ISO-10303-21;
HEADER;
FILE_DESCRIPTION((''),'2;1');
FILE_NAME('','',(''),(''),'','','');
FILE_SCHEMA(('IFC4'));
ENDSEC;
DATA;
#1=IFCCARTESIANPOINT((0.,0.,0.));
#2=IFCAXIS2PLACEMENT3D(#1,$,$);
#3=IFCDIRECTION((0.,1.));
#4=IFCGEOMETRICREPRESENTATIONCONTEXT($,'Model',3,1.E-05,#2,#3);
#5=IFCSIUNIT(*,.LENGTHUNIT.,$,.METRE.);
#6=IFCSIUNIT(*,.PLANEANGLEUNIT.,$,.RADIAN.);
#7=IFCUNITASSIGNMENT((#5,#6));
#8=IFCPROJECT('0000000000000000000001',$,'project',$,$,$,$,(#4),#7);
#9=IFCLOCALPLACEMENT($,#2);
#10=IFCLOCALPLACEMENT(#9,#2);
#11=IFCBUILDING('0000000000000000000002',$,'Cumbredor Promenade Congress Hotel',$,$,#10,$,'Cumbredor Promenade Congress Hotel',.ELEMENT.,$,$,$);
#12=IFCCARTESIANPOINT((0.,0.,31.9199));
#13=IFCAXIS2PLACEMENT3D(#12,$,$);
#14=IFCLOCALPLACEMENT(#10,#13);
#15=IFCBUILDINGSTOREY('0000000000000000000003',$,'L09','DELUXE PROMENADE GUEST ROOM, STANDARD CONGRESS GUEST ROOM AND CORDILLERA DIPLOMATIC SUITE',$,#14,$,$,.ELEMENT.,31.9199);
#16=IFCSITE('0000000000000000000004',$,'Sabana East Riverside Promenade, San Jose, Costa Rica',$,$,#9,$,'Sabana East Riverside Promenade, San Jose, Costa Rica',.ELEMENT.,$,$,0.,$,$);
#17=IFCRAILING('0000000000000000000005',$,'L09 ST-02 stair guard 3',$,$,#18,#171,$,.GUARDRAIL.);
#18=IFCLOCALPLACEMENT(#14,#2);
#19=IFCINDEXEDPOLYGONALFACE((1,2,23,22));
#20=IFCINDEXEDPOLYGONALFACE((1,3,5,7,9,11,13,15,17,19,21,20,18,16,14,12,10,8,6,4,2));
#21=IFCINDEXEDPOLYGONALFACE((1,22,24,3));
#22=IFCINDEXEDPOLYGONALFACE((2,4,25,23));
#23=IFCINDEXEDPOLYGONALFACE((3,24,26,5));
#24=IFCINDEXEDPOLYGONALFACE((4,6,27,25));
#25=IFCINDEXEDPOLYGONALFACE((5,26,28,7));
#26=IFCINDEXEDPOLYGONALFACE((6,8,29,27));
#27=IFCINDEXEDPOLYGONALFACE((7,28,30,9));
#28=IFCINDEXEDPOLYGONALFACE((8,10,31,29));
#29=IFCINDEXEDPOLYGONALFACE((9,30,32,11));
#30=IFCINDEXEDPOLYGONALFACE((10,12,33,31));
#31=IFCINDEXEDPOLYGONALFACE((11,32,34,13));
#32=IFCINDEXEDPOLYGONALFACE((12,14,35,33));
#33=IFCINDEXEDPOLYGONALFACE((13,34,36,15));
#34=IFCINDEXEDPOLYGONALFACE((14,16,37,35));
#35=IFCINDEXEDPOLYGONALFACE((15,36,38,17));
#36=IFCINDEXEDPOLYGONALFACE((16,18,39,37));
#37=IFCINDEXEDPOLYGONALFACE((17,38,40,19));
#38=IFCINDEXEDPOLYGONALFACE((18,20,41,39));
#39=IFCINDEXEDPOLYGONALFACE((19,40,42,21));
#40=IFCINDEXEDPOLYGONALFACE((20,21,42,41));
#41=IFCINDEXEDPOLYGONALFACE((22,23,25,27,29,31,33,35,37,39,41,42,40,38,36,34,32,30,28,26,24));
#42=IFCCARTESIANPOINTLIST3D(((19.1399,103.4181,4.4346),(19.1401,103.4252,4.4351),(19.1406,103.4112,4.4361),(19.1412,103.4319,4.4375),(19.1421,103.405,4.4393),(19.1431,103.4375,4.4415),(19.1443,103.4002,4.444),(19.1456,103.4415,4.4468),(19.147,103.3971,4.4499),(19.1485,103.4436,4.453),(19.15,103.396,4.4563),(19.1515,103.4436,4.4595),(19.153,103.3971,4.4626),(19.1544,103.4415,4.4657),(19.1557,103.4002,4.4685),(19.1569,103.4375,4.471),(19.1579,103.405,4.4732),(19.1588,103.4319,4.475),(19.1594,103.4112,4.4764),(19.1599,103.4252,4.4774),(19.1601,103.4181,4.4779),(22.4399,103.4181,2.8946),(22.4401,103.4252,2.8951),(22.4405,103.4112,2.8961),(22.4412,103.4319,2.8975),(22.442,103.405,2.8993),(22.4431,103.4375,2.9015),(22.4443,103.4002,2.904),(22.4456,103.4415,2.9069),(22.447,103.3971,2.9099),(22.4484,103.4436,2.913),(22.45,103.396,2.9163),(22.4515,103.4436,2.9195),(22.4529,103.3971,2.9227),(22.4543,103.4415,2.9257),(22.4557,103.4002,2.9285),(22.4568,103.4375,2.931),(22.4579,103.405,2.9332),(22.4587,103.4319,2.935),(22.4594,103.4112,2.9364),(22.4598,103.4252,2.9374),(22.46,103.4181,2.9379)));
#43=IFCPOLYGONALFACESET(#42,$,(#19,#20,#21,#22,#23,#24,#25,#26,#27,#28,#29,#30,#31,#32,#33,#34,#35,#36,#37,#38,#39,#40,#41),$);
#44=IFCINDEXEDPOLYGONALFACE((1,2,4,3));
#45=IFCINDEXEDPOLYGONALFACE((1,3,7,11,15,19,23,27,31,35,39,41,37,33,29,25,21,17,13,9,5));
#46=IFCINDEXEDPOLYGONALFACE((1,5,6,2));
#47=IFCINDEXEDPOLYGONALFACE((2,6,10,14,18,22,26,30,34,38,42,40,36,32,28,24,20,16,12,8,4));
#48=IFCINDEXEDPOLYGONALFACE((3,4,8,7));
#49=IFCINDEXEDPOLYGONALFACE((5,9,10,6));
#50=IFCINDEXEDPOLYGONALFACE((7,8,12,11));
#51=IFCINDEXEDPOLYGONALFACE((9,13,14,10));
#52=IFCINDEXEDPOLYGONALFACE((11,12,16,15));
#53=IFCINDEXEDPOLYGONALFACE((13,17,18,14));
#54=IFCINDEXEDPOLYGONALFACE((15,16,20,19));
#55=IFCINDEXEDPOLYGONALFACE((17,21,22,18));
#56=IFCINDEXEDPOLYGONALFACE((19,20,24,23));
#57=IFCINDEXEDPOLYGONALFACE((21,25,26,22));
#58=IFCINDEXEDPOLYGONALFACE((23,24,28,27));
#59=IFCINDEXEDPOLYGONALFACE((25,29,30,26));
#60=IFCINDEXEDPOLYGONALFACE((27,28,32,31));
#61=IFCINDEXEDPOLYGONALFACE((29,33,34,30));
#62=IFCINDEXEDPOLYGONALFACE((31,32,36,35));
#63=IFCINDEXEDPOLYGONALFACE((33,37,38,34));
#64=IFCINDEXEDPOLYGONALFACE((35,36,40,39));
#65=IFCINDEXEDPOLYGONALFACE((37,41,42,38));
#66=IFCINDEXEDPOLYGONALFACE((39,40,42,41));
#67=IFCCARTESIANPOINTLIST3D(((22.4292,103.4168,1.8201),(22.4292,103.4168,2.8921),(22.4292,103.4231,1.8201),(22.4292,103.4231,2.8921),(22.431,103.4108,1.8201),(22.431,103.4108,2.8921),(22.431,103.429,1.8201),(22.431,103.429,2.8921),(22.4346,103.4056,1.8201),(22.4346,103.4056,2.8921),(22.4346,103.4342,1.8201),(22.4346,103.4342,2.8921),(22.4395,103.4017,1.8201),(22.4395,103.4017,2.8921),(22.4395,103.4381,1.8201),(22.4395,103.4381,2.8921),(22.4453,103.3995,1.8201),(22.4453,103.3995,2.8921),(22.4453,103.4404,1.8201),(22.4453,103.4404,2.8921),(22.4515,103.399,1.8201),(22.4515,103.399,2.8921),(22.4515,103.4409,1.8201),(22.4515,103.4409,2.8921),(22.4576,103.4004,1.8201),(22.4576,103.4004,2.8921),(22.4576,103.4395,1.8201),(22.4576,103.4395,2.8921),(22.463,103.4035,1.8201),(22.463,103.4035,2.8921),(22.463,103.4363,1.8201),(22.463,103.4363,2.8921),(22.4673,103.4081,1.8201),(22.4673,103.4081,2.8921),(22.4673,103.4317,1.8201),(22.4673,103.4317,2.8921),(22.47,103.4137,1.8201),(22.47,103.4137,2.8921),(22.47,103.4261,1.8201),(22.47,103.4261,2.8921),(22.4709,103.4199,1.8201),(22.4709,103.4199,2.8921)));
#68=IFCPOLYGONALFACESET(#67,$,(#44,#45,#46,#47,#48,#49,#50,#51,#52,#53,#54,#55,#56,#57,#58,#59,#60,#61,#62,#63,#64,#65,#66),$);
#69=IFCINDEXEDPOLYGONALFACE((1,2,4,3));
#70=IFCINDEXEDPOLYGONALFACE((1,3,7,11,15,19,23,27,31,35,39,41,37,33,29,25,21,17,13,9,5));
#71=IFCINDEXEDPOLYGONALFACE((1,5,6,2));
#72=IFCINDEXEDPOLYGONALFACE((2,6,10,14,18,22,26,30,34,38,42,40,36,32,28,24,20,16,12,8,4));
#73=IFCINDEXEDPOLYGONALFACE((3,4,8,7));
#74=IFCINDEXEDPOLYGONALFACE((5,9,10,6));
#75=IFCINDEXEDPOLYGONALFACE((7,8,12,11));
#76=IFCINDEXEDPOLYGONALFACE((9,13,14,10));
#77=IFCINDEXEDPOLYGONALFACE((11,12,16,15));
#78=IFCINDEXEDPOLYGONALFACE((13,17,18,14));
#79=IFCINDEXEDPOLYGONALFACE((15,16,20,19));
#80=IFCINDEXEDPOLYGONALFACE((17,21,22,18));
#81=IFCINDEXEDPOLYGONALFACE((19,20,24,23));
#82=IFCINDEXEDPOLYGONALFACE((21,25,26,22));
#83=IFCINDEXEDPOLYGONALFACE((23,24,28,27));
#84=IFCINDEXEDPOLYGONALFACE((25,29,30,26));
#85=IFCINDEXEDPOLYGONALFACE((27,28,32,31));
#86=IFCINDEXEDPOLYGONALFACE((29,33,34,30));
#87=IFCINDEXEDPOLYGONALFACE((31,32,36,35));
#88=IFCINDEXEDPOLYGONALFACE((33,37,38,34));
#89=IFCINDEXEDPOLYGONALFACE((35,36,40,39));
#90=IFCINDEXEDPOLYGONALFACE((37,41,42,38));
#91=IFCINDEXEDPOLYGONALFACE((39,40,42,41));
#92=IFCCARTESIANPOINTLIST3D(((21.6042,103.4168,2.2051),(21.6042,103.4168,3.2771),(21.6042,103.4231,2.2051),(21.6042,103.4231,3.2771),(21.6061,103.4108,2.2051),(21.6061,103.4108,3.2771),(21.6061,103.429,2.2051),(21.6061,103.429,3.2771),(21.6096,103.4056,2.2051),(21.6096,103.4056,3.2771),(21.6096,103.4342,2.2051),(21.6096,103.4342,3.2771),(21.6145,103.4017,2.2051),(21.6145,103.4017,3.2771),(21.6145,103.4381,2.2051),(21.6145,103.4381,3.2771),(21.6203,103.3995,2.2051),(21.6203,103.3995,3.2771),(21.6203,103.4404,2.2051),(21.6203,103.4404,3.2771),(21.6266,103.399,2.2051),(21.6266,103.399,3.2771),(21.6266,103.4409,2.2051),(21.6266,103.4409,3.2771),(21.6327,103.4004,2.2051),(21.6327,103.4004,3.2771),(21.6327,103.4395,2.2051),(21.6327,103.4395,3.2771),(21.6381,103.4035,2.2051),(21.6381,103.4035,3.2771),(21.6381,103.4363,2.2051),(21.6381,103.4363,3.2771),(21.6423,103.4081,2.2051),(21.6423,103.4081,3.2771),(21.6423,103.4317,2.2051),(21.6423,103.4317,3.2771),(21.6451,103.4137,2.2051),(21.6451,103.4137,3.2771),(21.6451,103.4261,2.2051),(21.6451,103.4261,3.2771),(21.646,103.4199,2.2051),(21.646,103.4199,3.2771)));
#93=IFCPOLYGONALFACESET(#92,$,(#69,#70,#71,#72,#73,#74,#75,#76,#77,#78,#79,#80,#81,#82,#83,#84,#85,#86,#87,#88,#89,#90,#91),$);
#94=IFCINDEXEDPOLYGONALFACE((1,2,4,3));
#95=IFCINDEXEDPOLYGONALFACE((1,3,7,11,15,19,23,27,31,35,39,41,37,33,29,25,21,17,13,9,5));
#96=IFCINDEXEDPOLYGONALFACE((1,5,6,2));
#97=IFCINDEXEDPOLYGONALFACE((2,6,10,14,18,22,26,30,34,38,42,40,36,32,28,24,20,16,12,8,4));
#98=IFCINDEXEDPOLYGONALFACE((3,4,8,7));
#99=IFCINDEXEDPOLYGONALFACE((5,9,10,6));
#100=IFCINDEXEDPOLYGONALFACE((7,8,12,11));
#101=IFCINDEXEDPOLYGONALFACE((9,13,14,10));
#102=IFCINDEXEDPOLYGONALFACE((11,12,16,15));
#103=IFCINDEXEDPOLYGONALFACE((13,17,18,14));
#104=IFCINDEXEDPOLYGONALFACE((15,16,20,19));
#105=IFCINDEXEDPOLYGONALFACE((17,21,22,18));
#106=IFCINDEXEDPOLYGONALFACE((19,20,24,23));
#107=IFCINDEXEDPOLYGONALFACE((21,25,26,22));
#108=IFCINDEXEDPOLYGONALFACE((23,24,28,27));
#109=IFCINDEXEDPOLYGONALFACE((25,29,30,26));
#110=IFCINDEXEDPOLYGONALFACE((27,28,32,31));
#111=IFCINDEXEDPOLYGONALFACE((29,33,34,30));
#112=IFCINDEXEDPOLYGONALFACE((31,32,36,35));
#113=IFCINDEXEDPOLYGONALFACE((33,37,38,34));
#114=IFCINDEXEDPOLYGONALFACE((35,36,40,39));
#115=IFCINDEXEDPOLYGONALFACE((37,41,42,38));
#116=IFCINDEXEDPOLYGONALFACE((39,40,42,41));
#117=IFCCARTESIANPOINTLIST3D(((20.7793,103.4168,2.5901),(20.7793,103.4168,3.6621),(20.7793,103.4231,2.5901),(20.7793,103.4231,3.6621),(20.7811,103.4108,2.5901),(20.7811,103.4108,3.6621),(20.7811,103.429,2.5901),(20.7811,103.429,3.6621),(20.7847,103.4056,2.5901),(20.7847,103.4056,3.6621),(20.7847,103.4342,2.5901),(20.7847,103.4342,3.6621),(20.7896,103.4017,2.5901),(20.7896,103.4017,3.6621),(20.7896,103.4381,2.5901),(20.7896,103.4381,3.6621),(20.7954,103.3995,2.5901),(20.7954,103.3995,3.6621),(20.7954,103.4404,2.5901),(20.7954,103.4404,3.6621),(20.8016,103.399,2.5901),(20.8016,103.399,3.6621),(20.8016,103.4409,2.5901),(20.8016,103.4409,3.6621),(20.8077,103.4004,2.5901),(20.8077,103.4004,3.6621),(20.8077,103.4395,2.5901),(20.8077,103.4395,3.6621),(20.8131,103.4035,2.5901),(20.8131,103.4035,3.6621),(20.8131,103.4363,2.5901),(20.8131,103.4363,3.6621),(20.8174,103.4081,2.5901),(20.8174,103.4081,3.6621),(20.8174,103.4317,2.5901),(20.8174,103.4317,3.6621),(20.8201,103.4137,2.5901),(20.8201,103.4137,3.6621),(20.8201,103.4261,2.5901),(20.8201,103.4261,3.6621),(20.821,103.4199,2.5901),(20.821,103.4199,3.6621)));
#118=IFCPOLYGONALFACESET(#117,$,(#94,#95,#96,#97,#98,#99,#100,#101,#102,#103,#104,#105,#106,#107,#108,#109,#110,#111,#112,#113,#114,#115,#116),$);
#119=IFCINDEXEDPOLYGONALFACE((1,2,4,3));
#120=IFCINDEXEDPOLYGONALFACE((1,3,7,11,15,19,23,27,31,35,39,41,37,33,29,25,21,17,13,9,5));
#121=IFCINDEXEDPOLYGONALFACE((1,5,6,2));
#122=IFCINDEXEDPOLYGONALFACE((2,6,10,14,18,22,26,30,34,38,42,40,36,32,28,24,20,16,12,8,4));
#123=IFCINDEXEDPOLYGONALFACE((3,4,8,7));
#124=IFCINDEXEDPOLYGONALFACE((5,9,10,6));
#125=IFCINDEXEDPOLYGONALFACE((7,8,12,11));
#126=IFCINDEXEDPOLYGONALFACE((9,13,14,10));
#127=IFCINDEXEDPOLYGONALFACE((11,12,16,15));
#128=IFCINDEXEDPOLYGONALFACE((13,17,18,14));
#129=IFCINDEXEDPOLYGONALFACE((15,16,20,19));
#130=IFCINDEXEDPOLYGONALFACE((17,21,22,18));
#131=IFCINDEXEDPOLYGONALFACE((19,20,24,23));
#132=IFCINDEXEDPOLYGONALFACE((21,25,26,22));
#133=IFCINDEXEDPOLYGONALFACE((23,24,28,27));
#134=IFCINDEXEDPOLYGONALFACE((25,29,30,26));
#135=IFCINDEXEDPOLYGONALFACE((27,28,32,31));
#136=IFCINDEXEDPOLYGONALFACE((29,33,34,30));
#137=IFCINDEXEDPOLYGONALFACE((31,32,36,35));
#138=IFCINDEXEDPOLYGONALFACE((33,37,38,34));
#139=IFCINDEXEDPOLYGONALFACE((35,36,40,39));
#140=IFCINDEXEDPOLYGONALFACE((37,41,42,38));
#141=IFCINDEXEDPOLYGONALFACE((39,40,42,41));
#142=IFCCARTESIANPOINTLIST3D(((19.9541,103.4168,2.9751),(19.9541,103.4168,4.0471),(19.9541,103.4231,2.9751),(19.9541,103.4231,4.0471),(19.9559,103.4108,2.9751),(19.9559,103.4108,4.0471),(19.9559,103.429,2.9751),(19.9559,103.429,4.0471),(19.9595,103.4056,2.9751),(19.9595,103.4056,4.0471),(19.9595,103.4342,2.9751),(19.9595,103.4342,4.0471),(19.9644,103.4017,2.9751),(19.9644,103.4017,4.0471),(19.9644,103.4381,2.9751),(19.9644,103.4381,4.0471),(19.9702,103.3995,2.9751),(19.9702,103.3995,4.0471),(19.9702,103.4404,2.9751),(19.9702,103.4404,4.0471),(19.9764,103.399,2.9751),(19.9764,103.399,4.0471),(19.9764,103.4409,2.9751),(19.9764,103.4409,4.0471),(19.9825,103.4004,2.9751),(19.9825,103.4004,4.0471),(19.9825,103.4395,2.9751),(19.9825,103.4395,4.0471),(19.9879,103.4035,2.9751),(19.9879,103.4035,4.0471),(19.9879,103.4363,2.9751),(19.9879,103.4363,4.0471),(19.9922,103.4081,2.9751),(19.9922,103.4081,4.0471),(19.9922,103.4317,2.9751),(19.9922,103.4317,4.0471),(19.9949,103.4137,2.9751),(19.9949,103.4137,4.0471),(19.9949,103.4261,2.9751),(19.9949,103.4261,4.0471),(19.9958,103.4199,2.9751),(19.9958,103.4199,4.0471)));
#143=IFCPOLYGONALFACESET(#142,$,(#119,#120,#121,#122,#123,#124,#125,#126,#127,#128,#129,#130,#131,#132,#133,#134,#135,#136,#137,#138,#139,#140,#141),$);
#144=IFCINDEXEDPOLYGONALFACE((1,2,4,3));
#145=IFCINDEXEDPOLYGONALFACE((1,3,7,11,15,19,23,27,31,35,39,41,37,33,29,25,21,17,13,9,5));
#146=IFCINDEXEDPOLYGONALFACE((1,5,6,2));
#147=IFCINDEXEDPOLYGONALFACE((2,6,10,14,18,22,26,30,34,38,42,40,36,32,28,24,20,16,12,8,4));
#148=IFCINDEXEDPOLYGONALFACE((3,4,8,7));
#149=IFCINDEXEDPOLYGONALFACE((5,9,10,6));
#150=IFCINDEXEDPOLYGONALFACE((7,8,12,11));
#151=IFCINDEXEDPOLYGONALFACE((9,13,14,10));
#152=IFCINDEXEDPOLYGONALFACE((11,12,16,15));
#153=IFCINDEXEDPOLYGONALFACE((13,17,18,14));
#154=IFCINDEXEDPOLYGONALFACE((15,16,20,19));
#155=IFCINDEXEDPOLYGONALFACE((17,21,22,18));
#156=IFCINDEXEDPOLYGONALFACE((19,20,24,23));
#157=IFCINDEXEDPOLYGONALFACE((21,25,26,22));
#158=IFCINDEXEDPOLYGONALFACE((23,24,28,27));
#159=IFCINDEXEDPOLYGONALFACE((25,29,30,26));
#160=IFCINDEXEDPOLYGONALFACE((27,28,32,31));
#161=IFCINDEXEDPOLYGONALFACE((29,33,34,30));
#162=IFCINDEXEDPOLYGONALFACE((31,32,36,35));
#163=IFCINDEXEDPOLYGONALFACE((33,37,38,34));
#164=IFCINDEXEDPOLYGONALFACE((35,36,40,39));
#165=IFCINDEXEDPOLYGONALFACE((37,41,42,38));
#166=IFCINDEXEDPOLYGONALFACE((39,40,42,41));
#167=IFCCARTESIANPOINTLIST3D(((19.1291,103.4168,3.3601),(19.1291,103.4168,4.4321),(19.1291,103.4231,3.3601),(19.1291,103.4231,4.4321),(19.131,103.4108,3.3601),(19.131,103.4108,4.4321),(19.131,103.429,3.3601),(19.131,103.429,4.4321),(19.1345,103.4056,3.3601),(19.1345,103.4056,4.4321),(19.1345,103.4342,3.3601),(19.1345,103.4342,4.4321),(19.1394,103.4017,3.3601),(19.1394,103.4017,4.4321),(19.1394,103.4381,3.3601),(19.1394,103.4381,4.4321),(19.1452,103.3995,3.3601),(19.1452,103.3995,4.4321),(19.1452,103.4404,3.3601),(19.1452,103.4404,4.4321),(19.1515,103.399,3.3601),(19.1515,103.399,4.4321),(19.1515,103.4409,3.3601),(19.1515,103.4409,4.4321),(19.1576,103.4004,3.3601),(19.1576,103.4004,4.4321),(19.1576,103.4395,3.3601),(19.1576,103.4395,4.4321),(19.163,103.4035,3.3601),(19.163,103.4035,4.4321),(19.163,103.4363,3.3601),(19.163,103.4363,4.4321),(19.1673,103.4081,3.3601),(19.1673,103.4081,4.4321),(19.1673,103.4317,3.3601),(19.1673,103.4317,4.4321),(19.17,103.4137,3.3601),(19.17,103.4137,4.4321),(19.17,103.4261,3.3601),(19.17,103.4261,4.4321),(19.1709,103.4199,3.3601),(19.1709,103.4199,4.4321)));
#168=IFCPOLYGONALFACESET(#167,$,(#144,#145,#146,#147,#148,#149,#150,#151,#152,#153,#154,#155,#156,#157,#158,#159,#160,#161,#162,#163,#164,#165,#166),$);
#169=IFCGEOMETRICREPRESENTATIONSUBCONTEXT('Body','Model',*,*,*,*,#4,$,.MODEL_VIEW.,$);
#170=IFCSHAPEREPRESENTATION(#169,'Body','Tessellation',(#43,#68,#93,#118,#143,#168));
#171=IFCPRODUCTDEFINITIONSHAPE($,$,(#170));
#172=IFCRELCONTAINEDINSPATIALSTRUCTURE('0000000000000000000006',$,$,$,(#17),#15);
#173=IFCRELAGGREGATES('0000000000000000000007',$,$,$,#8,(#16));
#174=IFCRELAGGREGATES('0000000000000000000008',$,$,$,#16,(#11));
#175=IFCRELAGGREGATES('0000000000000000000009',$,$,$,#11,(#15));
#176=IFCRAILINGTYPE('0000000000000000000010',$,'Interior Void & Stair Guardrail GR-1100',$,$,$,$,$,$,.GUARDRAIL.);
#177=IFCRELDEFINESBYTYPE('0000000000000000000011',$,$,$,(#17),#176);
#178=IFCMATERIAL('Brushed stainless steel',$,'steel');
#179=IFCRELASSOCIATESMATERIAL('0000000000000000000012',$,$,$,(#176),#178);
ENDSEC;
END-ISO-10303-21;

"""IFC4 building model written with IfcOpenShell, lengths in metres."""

from ifc_helpers import new_model, si_unit, direction, frame, origin, origin_2d, place, context, subcontext, project, spatial, circle, extrude, material, type_object, element, save


model = new_model("IFC4")

# Units and contexts
model_context = context("Model", 3, precision=1e-05, world=origin(), true_north=direction((0.0, 1.0)))
body_context = subcontext(model_context, "Body", "Model", "MODEL_VIEW")
ifc_project = project(units=[si_unit("LENGTHUNIT", "METRE"), si_unit("PLANEANGLEUNIT", "RADIAN")], contexts=[model_context])

# Site, building, storey
site_placement = place(None, origin())
site = spatial("IfcSite", under=ifc_project, at=site_placement, Name="Sabana East Riverside Promenade, San Jose, Costa Rica", LongName="Sabana East Riverside Promenade, San Jose, Costa Rica", CompositionType="ELEMENT", RefElevation=0.0)
building_placement = place(site_placement, origin())
building = spatial("IfcBuilding", under=site, at=building_placement, Name="Cumbredor Promenade Congress Hotel", LongName="Cumbredor Promenade Congress Hotel", CompositionType="ELEMENT")
storey_placement = place(building_placement, frame((0.0, 0.0, 31.9199)))
storey = spatial("IfcBuildingStorey", under=building, at=storey_placement, Name="L09", Description="DELUXE PROMENADE GUEST ROOM, STANDARD CONGRESS GUEST ROOM AND CORDILLERA DIPLOMATIC SUITE", CompositionType="ELEMENT", Elevation=31.9199)

# Shared definitions
ifc_material_1 = material(Name="Brushed stainless steel", Category="steel")

# Railing
railing_type_1 = type_object("IfcRailingType", Name="Interior Void & Stair Guardrail GR-1100", PredefinedType="GUARDRAIL", material=ifc_material_1)
railing_1_placement = place(storey_placement, frame((22.45, 103.4199, 1.8201)))
element("IfcRailing", 1, at=railing_1_placement, inside=storey, type_object=railing_type_1, Name="L09 ST-02 stair guard 3", PredefinedType="GUARDRAIL", context=body_context, shape_type="SweptSolid", body=[
    extrude(circle(Radius=0.0239, at=origin_2d()), frame((0.0, 0.0, 1.0962), z_axis=(-0.906181, 0.0, 0.422889), x_axis=(0.0, -1.0, 0.0)), (0.0, 0.0, 1.0), 3.6416),
    extrude(circle(Radius=0.021, at=origin_2d()), origin(), (0.0, 0.0, 1.0), 1.072),
    extrude(circle(Radius=0.021, at=origin_2d()), frame((-0.825, 0.0, 0.385)), (0.0, 0.0, 1.0), 1.072),
    extrude(circle(Radius=0.021, at=origin_2d()), frame((-1.6499, 0.0, 0.77)), (0.0, 0.0, 1.0), 1.072),
    extrude(circle(Radius=0.021, at=origin_2d()), frame((-2.4751, 0.0, 1.155)), (0.0, 0.0, 1.0), 1.072),
    extrude(circle(Radius=0.021, at=origin_2d()), frame((-3.3, 0.0, 1.54)), (0.0, 0.0, 1.0), 1.072),
])

save(model, "model.ifc")
